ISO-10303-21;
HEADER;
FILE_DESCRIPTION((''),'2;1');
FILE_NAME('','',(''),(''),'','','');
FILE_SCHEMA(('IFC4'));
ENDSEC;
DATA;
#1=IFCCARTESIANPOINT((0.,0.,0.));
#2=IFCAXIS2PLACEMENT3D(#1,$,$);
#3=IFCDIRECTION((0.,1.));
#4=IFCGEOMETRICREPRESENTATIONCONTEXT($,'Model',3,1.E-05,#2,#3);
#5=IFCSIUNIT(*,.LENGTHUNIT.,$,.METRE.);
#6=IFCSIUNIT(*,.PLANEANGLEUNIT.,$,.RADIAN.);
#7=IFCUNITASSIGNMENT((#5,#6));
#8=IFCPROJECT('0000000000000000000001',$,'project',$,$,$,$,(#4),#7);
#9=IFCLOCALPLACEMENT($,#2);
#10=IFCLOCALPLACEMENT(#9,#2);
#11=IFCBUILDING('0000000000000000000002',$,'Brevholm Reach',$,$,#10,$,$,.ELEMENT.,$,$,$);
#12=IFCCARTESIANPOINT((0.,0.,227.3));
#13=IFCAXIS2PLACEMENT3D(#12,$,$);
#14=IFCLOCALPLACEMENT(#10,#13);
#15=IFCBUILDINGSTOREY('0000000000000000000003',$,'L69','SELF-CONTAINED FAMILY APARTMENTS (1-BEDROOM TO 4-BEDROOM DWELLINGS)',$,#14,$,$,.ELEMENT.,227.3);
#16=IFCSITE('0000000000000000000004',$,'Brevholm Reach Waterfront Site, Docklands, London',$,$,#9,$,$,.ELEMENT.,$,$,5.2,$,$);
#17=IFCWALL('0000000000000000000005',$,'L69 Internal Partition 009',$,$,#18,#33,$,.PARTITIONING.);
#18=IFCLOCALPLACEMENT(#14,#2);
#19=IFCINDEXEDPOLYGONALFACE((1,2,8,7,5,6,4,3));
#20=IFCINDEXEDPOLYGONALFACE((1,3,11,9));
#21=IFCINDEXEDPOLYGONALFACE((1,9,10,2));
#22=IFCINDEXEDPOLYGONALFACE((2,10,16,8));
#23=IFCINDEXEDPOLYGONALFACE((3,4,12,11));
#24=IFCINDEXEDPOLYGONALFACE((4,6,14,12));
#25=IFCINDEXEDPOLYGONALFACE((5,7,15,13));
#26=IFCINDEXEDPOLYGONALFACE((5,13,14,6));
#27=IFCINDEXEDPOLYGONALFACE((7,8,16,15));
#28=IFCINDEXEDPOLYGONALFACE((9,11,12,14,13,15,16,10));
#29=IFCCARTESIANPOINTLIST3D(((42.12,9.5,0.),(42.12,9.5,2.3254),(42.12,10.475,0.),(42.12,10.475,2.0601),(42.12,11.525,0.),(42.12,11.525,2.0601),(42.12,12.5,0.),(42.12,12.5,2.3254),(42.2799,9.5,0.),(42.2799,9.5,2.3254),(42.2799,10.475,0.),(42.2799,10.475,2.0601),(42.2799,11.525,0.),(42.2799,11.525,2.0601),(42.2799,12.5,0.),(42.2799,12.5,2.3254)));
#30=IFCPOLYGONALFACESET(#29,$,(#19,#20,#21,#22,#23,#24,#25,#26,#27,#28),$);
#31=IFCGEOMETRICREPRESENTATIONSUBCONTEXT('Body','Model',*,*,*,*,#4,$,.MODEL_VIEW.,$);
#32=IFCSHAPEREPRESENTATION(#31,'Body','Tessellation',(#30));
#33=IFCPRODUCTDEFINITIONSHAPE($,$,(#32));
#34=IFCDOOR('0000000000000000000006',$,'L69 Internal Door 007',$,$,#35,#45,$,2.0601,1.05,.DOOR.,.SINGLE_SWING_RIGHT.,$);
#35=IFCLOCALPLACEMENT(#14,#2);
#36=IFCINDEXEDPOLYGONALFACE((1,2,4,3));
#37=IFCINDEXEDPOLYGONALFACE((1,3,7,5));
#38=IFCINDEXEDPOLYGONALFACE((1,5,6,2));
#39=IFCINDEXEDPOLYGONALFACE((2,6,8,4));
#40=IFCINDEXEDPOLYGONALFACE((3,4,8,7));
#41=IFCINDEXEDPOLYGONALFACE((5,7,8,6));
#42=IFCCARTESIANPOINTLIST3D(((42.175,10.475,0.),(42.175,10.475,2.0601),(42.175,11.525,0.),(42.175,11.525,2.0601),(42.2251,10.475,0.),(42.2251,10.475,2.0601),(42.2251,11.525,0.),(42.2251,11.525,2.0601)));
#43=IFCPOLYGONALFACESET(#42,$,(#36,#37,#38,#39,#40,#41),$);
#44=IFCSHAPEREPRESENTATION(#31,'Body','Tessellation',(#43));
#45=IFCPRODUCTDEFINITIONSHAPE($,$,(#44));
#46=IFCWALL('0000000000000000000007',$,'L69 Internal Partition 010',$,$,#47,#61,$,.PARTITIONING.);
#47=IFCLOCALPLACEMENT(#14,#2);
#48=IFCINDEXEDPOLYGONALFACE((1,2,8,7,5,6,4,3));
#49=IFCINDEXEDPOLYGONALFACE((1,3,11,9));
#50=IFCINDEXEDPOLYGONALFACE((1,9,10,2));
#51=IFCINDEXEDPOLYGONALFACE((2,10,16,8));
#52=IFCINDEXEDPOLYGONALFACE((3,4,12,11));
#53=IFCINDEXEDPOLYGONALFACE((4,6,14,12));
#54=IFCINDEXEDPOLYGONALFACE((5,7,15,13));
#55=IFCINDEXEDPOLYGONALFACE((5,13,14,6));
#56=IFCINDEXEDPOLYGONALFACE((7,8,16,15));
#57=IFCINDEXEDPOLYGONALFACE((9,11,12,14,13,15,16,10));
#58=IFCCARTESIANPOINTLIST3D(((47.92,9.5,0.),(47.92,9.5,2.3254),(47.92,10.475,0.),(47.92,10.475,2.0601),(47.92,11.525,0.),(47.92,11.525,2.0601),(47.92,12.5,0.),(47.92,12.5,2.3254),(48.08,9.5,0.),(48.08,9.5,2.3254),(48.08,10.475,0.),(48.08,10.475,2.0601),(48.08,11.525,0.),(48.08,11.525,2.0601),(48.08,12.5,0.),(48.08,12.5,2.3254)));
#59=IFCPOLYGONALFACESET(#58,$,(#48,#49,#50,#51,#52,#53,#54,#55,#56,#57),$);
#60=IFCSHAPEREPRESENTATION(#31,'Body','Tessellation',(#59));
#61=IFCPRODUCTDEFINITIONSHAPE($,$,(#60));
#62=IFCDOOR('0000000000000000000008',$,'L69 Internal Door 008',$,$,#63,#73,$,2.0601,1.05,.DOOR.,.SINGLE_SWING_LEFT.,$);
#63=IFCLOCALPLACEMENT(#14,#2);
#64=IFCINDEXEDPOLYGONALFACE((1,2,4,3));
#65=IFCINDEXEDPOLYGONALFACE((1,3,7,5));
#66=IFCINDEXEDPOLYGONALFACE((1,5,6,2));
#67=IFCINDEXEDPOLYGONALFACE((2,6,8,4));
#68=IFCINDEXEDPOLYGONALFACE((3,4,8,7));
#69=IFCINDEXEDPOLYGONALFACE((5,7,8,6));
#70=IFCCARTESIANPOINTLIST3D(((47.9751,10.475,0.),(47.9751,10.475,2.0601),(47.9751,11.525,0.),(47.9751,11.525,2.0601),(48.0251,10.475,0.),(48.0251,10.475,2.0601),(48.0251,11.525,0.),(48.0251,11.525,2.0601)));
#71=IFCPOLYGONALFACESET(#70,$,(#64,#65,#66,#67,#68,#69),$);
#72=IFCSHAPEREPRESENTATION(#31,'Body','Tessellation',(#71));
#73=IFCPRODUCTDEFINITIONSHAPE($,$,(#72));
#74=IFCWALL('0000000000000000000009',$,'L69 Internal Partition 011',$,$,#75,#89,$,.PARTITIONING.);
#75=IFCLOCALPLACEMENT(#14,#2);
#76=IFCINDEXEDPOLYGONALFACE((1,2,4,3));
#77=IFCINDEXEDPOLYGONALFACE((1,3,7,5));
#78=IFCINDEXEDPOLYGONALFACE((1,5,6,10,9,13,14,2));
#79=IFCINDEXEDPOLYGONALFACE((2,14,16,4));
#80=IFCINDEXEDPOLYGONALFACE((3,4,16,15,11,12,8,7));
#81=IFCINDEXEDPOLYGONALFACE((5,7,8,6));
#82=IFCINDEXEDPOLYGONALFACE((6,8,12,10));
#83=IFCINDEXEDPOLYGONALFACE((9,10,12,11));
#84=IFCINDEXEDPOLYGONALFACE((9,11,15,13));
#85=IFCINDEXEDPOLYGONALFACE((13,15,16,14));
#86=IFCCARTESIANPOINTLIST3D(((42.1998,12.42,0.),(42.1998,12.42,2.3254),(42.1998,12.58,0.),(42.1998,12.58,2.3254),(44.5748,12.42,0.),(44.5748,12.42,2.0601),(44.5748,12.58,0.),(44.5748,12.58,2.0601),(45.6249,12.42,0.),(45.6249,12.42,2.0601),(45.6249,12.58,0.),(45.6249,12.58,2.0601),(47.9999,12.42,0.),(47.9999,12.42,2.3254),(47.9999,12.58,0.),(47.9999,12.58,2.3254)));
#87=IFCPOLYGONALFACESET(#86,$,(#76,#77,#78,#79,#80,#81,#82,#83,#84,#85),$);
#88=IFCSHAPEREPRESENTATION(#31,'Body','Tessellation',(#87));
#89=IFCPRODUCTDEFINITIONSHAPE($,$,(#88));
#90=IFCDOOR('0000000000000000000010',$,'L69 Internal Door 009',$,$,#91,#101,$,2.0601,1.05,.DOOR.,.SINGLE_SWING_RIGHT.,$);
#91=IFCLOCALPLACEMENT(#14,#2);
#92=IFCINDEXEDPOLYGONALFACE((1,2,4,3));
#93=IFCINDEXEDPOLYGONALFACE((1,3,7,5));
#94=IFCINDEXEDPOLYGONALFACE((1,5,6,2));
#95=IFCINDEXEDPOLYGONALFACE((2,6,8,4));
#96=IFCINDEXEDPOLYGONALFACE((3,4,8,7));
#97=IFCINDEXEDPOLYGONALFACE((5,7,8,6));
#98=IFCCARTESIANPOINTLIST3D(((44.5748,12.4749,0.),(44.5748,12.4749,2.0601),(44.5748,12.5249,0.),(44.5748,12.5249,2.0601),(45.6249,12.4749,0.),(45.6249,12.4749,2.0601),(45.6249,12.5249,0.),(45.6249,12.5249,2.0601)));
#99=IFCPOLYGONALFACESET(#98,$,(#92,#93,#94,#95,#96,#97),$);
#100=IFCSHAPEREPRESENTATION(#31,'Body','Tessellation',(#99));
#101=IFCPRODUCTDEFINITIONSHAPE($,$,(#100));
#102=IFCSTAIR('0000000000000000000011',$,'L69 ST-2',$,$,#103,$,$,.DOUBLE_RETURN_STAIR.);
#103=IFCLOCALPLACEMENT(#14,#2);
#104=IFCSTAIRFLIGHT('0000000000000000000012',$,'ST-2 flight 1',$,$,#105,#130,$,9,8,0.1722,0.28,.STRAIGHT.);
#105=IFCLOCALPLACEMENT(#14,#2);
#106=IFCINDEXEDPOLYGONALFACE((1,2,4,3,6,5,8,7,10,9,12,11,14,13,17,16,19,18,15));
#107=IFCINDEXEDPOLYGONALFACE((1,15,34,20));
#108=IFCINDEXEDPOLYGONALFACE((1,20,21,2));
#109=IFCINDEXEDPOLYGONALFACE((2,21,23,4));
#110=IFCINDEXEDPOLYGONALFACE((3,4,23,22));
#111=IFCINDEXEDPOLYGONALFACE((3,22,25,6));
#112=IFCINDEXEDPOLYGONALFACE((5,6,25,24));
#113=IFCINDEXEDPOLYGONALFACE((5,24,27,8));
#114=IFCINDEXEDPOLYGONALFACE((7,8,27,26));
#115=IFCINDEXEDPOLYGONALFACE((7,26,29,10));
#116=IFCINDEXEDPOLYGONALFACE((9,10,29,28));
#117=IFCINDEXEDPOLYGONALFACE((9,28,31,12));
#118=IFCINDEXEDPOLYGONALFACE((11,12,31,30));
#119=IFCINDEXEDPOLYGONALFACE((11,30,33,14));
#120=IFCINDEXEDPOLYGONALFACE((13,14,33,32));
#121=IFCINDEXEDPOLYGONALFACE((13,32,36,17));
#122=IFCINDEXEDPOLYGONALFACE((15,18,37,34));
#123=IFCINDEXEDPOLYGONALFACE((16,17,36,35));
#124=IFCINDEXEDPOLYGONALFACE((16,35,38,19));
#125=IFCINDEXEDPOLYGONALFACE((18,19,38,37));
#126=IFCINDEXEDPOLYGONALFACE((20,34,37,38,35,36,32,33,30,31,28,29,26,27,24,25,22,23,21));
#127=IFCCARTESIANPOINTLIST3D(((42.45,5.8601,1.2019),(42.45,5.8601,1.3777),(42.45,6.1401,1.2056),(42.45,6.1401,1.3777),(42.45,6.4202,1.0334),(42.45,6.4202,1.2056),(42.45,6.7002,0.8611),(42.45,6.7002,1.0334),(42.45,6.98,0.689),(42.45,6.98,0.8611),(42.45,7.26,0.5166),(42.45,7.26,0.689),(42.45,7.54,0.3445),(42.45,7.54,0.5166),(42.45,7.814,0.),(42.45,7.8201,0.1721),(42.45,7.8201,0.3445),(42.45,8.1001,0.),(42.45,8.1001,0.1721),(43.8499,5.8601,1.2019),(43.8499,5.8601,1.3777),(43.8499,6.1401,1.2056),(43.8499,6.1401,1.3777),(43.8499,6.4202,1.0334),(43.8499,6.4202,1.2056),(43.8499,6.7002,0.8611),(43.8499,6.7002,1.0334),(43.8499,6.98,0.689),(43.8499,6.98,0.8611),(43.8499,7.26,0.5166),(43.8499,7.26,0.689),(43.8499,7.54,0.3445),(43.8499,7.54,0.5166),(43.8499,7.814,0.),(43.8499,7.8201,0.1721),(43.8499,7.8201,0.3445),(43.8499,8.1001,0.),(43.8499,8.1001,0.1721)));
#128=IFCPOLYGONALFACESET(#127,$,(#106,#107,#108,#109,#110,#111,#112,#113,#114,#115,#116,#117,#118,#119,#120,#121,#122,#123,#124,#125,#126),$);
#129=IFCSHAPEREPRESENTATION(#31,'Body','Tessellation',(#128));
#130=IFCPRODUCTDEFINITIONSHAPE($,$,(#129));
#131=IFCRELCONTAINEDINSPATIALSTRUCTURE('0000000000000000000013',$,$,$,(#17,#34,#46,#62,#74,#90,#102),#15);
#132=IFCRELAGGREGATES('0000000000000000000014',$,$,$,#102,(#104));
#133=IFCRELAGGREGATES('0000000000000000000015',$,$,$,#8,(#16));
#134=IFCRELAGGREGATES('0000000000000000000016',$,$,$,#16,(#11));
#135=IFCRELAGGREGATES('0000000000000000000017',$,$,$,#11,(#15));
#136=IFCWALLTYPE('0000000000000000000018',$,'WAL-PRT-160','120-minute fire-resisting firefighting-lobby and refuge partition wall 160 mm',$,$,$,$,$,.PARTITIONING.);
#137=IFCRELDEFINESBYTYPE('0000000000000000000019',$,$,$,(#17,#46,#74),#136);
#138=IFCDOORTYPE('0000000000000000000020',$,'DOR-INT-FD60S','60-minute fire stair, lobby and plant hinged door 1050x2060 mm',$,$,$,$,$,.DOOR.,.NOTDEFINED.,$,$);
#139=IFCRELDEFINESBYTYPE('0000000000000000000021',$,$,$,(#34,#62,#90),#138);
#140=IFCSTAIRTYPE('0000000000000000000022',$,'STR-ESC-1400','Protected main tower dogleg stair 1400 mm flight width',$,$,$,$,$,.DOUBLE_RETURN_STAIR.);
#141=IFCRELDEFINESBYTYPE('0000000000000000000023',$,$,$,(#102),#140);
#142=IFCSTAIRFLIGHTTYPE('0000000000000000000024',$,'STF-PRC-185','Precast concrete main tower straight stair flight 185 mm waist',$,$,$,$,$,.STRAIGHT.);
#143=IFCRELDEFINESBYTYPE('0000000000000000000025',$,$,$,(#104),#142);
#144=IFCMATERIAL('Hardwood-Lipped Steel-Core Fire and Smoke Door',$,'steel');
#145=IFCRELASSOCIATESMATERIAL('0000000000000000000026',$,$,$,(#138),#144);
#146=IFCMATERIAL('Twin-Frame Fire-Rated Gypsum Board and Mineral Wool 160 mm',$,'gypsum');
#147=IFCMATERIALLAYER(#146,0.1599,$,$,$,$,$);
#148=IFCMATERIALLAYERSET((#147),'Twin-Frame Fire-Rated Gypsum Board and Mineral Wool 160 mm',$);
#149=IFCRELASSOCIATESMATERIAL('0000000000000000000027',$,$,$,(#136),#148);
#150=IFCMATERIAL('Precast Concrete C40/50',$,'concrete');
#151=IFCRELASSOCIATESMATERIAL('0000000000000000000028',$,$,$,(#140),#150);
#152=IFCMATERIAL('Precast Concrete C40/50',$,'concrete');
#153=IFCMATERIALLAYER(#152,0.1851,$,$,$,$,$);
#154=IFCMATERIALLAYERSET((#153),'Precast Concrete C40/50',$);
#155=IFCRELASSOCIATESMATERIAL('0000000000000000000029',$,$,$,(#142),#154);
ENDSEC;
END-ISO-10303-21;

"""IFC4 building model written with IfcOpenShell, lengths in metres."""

from ifc_helpers import new_model, si_unit, direction, frame, frame_2d, origin, place, context, subcontext, project, spatial, polyline, rectangle, outline, extrude, material, layer, layer_set, type_object, element, fill, aggregate, save


model = new_model("IFC4")

# Units and contexts
model_context = context("Model", 3, precision=1e-05, world=origin(), true_north=direction((0.0, 1.0)))
body_context = subcontext(model_context, "Body", "Model", "MODEL_VIEW")
ifc_project = project(units=[si_unit("LENGTHUNIT", "METRE"), si_unit("PLANEANGLEUNIT", "RADIAN")], contexts=[model_context])

# Site, building, storey
site_placement = place(None, origin())
site = spatial("IfcSite", under=ifc_project, at=site_placement, Name="Brevholm Reach Waterfront Site, Docklands, London", CompositionType="ELEMENT", RefElevation=5.2)
building_placement = place(site_placement, origin())
building = spatial("IfcBuilding", under=site, at=building_placement, Name="Brevholm Reach", CompositionType="ELEMENT")
storey_placement = place(building_placement, frame((0.0, 0.0, 227.3)))
storey = spatial("IfcBuildingStorey", under=building, at=storey_placement, Name="L69", Description="SELF-CONTAINED FAMILY APARTMENTS (1-BEDROOM TO 4-BEDROOM DWELLINGS)", CompositionType="ELEMENT", Elevation=227.3)

# Walls, openings, doors
ifc_material_1 = material(Name="Hardwood-Lipped Steel-Core Fire and Smoke Door", Category="steel")
door_type_1 = type_object("IfcDoorType", Name="DOR-INT-FD60S", Description="60-minute fire stair, lobby and plant hinged door 1050x2060 mm", OperationType="NOTDEFINED", PredefinedType="DOOR", material=ifc_material_1)
ifc_material_2 = material(Name="Twin-Frame Fire-Rated Gypsum Board and Mineral Wool 160 mm", Category="gypsum")
ifc_layer_1 = layer(ifc_material_2, 0.1599)
ifc_layer_set_1 = layer_set([ifc_layer_1], Name="Twin-Frame Fire-Rated Gypsum Board and Mineral Wool 160 mm")
wall_type_1 = type_object("IfcWallType", Name="WAL-PRT-160", Description="120-minute fire-resisting firefighting-lobby and refuge partition wall 160 mm", PredefinedType="PARTITIONING", material=ifc_layer_set_1)
wall_1_placement = place(storey_placement, frame((42.2, 9.5, 0.0), z_axis=(0.0, 0.0, 1.0), x_axis=(0.0, 1.0, 0.0)))
wall_1 = element("IfcWall", 1, at=wall_1_placement, inside=storey, type_object=wall_type_1, Name="L69 Internal Partition 009", PredefinedType="PARTITIONING", context=body_context, shape_type="SweptSolid", body=[
    extrude(rectangle(XDim=3.0, YDim=0.1599, at=frame_2d((1.5, 0.0))), origin(), (0.0, 0.0, 1.0), 2.3254),
])
opening_1_placement = place(wall_1_placement, frame((0.9751, 0.0, 0.0)))
opening_1 = element("IfcOpeningElement", 2, at=opening_1_placement, cuts=wall_1, PredefinedType="OPENING", context=body_context, shape_type="SweptSolid", body=[
    extrude(rectangle(XDim=1.05, YDim=2.0601, at=frame_2d((0.5249, 1.03))), frame((0.0, 0.0898, 0.0), z_axis=(0.0, -1.0, 0.0), x_axis=(1.0, 0.0, 0.0)), (0.0, 0.0, 1.0), 0.1799),
])
door_1_placement = place(opening_1_placement, origin())
door_1 = element("IfcDoor", 3, at=door_1_placement, inside=storey, type_object=door_type_1, Name="L69 Internal Door 007", OperationType="SINGLE_SWING_RIGHT", OverallHeight=2.0601, OverallWidth=1.05, PredefinedType="DOOR", context=body_context, shape_type="SweptSolid", body=[
    extrude(rectangle(XDim=1.05, YDim=2.0601, at=frame_2d((0.5249, 1.03))), frame((0.0, 0.0249, 0.0), z_axis=(0.0, -1.0, 0.0), x_axis=(1.0, 0.0, 0.0)), (0.0, 0.0, 1.0), 0.05),
])
fill(opening_1, door_1)
wall_2_placement = place(storey_placement, frame((48.0, 9.5, 0.0), z_axis=(0.0, 0.0, 1.0), x_axis=(0.0, 1.0, 0.0)))
wall_2 = element("IfcWall", 4, at=wall_2_placement, inside=storey, type_object=wall_type_1, Name="L69 Internal Partition 010", PredefinedType="PARTITIONING", context=body_context, shape_type="SweptSolid", body=[
    extrude(rectangle(XDim=3.0, YDim=0.1599, at=frame_2d((1.5, 0.0))), origin(), (0.0, 0.0, 1.0), 2.3254),
])
opening_2_placement = place(wall_2_placement, frame((0.9751, 0.0, 0.0)))
opening_2 = element("IfcOpeningElement", 5, at=opening_2_placement, cuts=wall_2, PredefinedType="OPENING", context=body_context, shape_type="SweptSolid", body=[
    extrude(rectangle(XDim=1.05, YDim=2.0601, at=frame_2d((0.5249, 1.03))), frame((0.0, 0.0898, 0.0), z_axis=(0.0, -1.0, 0.0), x_axis=(1.0, 0.0, 0.0)), (0.0, 0.0, 1.0), 0.1799),
])
door_2_placement = place(opening_2_placement, origin())
door_2 = element("IfcDoor", 6, at=door_2_placement, inside=storey, type_object=door_type_1, Name="L69 Internal Door 008", OperationType="SINGLE_SWING_LEFT", OverallHeight=2.0601, OverallWidth=1.05, PredefinedType="DOOR", context=body_context, shape_type="SweptSolid", body=[
    extrude(rectangle(XDim=1.05, YDim=2.0601, at=frame_2d((0.5249, 1.03))), frame((0.0, 0.0249, 0.0), z_axis=(0.0, -1.0, 0.0), x_axis=(1.0, 0.0, 0.0)), (0.0, 0.0, 1.0), 0.05),
])
fill(opening_2, door_2)
wall_3_placement = place(storey_placement, frame((42.2, 12.5, 0.0), z_axis=(0.0, 0.0, 1.0), x_axis=(1.0, 0.0, 0.0)))
wall_3 = element("IfcWall", 7, at=wall_3_placement, inside=storey, type_object=wall_type_1, Name="L69 Internal Partition 011", PredefinedType="PARTITIONING", context=body_context, shape_type="SweptSolid", body=[
    extrude(rectangle(XDim=5.8, YDim=0.1599, at=frame_2d((2.8999, 0.0))), origin(), (0.0, 0.0, 1.0), 2.3254),
])
opening_3_placement = place(wall_3_placement, frame((2.375, 0.0, 0.0)))
opening_3 = element("IfcOpeningElement", 8, at=opening_3_placement, cuts=wall_3, PredefinedType="OPENING", context=body_context, shape_type="SweptSolid", body=[
    extrude(rectangle(XDim=1.05, YDim=2.0601, at=frame_2d((0.5249, 1.03))), frame((0.0, 0.0898, 0.0), z_axis=(0.0, -1.0, 0.0), x_axis=(1.0, 0.0, 0.0)), (0.0, 0.0, 1.0), 0.1799),
])
door_3_placement = place(opening_3_placement, origin())
door_3 = element("IfcDoor", 9, at=door_3_placement, inside=storey, type_object=door_type_1, Name="L69 Internal Door 009", OperationType="SINGLE_SWING_RIGHT", OverallHeight=2.0601, OverallWidth=1.05, PredefinedType="DOOR", context=body_context, shape_type="SweptSolid", body=[
    extrude(rectangle(XDim=1.05, YDim=2.0601, at=frame_2d((0.5249, 1.03))), frame((0.0, 0.0249, 0.0), z_axis=(0.0, -1.0, 0.0), x_axis=(1.0, 0.0, 0.0)), (0.0, 0.0, 1.0), 0.05),
])
fill(opening_3, door_3)

# Stair, stair flight
ifc_material_3 = material(Name="Precast Concrete C40/50", Category="concrete")
stair_type = type_object("IfcStairType", Name="STR-ESC-1400", Description="Protected main tower dogleg stair 1400 mm flight width", PredefinedType="DOUBLE_RETURN_STAIR", material=ifc_material_3)
stair_placement = place(storey_placement, origin())
stair = element("IfcStair", 10, at=stair_placement, inside=storey, type_object=stair_type, Name="L69 ST-2", PredefinedType="DOUBLE_RETURN_STAIR")
ifc_material_4 = material(Name="Precast Concrete C40/50", Category="concrete")
ifc_layer_2 = layer(ifc_material_4, 0.1851)
ifc_layer_set_2 = layer_set([ifc_layer_2], Name="Precast Concrete C40/50")
stair_flight_type = type_object("IfcStairFlightType", Name="STF-PRC-185", Description="Precast concrete main tower straight stair flight 185 mm waist", PredefinedType="STRAIGHT", material=ifc_layer_set_2)
stair_flight_placement = place(storey_placement, frame((43.1499, 8.1001, 0.0), z_axis=(0.0, 0.0, 1.0), x_axis=(0.0, -1.0, 0.0)))
stair_flight = element("IfcStairFlight", 11, at=stair_flight_placement, type_object=stair_flight_type, Name="ST-2 flight 1", NumberOfRisers=9, NumberOfTreads=8, PredefinedType="STRAIGHT", RiserHeight=0.1722, TreadLength=0.28, context=body_context, shape_type="SweptSolid", body=[
    extrude(outline(polyline([(0.0, 0.0), (0.0, 0.1721), (0.28, 0.1721), (0.28, 0.3445), (0.5601, 0.3445), (0.5601, 0.5166), (0.8401, 0.5166), (0.8401, 0.689), (1.1201, 0.689), (1.1201, 0.8611), (1.3999, 0.8611), (1.3999, 1.0334), (1.6799, 1.0334), (1.6799, 1.2056), (1.96, 1.2056), (1.96, 1.3777), (2.24, 1.3777), (2.24, 1.55), (2.24, 1.2019), (0.2861, 0.0), (0.0, 0.0)])), frame((0.0, 0.7, 0.0), z_axis=(0.0, -1.0, 0.0), x_axis=(1.0, 0.0, 0.0)), (0.0, 0.0, 1.0), 1.3999),
])
aggregate(stair, [stair_flight])

save(model, "model.ifc")
